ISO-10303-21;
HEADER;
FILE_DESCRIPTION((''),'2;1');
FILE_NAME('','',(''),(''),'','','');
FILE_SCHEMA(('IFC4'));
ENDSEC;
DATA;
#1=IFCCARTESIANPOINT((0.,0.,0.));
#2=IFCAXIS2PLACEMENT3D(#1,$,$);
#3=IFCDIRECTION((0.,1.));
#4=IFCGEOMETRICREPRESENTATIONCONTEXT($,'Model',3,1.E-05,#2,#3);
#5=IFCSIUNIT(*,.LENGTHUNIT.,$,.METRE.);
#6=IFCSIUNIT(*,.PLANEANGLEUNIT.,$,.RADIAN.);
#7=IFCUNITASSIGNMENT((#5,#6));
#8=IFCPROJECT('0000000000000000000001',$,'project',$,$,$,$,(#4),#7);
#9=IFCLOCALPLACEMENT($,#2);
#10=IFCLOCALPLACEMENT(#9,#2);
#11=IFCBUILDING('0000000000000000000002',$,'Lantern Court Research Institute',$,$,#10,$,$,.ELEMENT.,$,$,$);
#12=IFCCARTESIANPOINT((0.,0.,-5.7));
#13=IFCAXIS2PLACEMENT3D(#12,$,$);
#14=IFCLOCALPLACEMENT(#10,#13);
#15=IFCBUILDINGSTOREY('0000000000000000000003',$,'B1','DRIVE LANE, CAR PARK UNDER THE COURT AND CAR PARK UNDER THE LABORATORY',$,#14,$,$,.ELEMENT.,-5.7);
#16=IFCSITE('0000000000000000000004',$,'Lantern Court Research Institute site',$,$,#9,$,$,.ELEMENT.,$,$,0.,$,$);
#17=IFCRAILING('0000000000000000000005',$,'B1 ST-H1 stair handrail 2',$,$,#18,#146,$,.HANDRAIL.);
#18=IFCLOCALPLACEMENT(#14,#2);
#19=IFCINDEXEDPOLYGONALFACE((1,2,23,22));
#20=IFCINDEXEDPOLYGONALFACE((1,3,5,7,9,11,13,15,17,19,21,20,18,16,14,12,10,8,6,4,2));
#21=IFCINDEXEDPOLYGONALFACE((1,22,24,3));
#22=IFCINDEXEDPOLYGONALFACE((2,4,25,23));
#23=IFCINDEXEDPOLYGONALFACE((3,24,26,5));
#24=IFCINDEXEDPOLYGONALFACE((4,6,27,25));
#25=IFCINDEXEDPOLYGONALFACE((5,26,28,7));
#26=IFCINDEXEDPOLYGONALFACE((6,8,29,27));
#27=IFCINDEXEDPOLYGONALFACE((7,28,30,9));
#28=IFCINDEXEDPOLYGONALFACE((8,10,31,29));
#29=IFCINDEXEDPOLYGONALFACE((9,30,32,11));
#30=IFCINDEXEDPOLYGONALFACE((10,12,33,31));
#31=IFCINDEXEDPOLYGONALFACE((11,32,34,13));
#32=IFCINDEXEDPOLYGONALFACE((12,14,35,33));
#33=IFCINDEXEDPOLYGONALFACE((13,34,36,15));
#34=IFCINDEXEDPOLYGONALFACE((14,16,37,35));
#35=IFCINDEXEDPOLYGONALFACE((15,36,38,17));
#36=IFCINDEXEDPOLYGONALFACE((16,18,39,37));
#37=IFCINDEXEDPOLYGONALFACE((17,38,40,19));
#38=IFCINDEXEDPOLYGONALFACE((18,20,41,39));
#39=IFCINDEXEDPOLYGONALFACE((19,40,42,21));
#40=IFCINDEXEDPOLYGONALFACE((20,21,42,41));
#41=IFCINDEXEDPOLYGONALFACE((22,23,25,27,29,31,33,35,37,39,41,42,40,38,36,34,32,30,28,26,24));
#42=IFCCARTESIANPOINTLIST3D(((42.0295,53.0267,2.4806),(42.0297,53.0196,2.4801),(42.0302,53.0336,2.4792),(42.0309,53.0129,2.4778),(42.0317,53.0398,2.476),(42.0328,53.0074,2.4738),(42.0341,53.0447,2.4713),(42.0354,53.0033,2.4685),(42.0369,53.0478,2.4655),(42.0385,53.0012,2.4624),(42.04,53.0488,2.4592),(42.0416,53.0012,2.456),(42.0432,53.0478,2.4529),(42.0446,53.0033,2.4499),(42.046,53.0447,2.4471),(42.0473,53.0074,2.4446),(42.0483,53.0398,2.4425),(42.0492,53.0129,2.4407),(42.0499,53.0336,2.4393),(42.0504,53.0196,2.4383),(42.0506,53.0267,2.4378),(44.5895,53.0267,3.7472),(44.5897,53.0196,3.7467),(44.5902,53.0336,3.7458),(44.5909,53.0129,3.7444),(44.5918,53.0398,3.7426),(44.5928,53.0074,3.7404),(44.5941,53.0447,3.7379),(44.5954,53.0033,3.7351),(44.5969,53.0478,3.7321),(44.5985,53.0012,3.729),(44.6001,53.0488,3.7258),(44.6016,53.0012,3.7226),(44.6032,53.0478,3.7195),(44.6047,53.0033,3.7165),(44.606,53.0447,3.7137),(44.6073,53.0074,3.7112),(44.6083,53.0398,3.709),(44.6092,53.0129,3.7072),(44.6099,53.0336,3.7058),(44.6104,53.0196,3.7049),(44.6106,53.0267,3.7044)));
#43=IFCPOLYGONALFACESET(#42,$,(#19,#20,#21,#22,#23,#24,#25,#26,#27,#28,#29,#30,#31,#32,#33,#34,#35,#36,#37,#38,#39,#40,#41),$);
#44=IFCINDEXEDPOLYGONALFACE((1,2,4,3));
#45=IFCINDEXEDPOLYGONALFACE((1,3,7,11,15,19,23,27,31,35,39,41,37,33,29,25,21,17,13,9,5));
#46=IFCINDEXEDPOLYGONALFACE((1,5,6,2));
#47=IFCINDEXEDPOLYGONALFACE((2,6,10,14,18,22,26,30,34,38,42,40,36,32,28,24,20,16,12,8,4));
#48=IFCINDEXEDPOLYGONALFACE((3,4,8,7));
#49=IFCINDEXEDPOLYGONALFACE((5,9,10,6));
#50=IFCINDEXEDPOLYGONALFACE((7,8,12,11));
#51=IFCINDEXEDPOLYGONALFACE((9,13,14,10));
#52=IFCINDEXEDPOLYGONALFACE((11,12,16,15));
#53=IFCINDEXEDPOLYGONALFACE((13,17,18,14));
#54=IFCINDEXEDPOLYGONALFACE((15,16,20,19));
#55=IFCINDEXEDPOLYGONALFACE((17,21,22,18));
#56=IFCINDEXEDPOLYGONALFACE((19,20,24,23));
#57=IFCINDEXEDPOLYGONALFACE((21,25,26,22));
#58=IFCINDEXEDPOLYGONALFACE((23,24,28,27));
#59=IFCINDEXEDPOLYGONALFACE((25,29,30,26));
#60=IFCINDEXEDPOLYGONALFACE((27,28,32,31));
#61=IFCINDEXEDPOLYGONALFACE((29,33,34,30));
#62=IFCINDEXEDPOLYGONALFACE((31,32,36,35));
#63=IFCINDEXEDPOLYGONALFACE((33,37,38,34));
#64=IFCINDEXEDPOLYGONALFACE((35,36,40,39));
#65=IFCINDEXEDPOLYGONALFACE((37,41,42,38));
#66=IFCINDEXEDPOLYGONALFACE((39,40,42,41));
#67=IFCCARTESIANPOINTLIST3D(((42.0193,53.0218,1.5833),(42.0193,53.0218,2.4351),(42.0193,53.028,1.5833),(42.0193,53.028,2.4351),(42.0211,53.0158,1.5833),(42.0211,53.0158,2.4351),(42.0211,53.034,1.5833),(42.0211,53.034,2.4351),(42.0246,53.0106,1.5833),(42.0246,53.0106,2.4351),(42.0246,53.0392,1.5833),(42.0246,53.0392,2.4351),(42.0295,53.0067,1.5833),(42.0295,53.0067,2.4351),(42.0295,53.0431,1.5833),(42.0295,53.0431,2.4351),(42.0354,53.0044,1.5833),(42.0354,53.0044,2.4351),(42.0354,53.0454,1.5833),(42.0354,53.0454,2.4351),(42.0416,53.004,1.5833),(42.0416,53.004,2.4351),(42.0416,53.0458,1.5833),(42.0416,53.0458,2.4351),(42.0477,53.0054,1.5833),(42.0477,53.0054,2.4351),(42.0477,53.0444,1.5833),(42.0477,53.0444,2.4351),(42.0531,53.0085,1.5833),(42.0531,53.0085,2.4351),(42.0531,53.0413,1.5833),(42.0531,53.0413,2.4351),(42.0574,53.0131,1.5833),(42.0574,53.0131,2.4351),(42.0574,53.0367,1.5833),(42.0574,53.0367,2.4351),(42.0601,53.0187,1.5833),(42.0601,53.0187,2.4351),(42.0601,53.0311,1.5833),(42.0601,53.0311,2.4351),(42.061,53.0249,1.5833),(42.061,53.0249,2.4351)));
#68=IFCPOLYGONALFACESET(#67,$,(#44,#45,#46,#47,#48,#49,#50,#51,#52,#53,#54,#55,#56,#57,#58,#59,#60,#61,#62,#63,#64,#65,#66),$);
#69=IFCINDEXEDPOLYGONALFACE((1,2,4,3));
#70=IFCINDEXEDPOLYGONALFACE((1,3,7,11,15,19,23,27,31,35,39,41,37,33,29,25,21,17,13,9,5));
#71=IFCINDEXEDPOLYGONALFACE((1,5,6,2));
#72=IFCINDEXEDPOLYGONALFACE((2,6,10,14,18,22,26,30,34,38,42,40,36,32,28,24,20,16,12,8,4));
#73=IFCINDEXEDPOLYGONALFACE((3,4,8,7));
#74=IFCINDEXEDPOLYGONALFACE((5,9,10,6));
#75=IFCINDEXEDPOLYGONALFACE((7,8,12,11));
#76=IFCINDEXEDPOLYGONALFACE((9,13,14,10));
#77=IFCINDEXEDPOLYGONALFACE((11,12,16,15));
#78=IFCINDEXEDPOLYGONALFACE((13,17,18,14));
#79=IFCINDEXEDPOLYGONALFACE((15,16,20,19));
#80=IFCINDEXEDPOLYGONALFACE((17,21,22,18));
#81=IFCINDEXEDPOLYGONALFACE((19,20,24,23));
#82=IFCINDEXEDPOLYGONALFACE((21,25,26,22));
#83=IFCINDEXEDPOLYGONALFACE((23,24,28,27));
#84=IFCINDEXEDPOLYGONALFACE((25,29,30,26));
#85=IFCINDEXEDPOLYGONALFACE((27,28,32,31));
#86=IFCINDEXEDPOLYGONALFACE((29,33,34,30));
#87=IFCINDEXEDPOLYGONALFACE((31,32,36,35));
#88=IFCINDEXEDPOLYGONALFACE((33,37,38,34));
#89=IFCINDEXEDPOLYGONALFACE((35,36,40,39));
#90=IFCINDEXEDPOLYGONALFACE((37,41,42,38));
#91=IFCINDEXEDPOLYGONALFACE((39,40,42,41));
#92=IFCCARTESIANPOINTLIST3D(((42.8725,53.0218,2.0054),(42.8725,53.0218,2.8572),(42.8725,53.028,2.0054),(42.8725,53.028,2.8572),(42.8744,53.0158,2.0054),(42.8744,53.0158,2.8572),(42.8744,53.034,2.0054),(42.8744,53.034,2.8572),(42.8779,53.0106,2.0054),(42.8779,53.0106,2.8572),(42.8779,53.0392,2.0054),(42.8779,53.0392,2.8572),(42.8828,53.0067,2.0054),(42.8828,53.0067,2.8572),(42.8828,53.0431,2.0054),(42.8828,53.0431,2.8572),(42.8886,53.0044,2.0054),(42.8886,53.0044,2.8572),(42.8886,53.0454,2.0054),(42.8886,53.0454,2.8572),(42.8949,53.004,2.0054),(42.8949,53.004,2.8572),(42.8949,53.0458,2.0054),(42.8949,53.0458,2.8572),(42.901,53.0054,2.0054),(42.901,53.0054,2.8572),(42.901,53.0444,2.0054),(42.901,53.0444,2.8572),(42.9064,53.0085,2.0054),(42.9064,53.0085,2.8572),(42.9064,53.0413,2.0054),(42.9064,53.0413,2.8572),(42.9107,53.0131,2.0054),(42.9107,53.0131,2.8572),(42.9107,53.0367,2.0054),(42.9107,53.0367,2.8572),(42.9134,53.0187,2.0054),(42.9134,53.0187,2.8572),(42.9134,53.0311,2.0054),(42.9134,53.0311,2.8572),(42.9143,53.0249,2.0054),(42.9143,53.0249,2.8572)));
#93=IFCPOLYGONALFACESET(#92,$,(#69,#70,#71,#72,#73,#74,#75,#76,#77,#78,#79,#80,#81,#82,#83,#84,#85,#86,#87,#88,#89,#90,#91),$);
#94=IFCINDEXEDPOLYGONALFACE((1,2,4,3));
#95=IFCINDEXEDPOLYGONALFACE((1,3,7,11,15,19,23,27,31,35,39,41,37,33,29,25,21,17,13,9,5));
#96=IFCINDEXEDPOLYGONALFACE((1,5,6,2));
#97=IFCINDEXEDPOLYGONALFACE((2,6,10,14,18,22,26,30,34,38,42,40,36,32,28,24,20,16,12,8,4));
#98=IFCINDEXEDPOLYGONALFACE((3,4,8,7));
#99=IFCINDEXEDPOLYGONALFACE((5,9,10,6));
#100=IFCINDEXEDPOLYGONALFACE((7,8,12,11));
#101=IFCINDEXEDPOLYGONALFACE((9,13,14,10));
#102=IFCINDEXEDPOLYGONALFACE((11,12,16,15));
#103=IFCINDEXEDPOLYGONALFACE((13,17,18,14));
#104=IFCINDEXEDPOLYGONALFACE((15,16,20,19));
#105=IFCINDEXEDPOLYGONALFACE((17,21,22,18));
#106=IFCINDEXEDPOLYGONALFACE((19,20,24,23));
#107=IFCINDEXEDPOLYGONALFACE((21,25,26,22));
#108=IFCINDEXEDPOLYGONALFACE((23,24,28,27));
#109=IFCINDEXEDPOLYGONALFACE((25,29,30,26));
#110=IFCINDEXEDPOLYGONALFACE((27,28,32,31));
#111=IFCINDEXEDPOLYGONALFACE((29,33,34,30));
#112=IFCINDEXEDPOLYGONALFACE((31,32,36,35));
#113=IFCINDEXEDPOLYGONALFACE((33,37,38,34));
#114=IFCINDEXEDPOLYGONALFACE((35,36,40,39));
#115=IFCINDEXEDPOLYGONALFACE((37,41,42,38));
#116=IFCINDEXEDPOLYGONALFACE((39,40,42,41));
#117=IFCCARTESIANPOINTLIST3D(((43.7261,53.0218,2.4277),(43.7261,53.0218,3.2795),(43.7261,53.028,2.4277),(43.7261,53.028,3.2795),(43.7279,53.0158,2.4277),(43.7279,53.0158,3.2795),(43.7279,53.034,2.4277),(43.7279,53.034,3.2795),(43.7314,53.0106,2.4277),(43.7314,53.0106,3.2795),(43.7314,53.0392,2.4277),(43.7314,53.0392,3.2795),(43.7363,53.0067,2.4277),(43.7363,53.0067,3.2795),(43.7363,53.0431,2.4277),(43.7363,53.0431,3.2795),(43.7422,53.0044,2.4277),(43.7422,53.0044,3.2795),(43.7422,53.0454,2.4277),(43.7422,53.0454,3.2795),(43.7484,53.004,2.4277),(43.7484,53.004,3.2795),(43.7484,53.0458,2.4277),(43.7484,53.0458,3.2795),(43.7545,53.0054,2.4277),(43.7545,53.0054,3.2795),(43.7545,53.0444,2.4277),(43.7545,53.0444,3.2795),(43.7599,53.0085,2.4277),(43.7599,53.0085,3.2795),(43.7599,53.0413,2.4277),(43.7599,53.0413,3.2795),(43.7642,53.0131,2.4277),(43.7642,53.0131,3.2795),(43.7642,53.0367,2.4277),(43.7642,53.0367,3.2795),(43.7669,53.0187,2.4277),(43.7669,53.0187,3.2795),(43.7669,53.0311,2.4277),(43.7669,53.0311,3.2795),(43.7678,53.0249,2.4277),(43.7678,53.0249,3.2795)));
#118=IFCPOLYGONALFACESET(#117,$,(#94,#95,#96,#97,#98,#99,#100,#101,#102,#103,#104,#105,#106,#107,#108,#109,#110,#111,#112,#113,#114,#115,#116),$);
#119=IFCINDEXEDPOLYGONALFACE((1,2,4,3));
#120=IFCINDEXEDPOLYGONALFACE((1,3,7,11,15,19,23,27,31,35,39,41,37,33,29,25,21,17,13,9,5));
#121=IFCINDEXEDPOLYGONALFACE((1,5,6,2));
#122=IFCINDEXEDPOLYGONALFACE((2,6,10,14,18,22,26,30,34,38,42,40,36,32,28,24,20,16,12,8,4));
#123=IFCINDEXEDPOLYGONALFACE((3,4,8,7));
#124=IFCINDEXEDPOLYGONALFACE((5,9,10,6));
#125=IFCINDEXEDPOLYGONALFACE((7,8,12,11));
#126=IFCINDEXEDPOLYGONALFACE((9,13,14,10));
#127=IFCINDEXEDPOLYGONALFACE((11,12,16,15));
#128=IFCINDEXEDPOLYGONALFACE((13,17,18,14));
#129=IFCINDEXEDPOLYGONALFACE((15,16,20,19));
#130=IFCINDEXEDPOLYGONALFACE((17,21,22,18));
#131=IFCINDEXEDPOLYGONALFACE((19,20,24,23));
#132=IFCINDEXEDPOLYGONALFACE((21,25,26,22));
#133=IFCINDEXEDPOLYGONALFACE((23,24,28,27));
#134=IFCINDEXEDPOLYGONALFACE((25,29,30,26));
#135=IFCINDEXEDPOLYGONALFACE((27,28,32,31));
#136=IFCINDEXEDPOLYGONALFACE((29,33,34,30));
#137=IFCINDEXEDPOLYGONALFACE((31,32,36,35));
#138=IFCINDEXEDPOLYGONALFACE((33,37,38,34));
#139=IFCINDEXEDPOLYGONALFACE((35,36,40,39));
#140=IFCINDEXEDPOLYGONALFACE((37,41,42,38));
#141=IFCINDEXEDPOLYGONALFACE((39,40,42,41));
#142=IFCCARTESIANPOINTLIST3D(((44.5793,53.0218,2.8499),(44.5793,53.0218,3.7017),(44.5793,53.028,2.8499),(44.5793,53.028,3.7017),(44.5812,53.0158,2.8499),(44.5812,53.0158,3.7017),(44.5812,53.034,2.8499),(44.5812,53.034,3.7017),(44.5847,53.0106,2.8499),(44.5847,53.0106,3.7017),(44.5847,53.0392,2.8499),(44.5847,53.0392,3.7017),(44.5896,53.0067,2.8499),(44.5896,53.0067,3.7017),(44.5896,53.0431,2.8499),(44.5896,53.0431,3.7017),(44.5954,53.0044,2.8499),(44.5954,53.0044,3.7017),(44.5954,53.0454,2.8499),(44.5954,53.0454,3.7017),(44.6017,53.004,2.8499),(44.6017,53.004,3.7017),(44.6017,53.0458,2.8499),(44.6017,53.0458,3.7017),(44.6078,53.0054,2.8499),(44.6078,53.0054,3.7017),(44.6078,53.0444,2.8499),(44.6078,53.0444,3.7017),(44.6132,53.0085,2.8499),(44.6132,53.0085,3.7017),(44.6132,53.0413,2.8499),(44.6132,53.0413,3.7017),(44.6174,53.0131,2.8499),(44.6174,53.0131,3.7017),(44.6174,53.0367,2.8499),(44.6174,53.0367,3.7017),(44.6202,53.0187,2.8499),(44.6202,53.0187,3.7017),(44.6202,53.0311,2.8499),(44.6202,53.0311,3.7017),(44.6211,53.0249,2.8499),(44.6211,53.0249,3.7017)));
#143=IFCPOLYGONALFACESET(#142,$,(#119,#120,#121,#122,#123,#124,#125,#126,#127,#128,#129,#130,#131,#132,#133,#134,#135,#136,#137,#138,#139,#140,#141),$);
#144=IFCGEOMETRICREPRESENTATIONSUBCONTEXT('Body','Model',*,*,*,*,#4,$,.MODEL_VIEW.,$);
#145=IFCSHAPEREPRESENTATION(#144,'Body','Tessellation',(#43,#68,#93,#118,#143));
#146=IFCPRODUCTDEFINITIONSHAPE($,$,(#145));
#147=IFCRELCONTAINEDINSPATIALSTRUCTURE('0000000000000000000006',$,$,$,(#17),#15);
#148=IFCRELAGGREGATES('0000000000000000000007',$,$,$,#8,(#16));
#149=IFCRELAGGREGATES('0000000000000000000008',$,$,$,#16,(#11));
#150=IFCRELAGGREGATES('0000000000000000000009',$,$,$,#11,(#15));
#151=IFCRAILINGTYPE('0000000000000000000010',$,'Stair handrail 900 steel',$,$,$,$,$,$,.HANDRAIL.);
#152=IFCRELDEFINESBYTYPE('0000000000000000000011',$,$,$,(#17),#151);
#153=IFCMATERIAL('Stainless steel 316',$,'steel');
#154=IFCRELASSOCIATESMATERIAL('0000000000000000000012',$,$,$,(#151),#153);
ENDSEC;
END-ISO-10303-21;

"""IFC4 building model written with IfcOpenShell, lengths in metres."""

from ifc_helpers import new_model, si_unit, direction, frame, origin, origin_2d, place, context, subcontext, project, spatial, circle, extrude, material, type_object, element, save


model = new_model("IFC4")

# Units and contexts
model_context = context("Model", 3, precision=1e-05, world=origin(), true_north=direction((0.0, 1.0)))
body_context = subcontext(model_context, "Body", "Model", "MODEL_VIEW")
ifc_project = project(units=[si_unit("LENGTHUNIT", "METRE"), si_unit("PLANEANGLEUNIT", "RADIAN")], contexts=[model_context])

# Site, building, storey
site_placement = place(None, origin())
site = spatial("IfcSite", under=ifc_project, at=site_placement, Name="Lantern Court Research Institute site", CompositionType="ELEMENT", RefElevation=0.0)
building_placement = place(site_placement, origin())
building = spatial("IfcBuilding", under=site, at=building_placement, Name="Lantern Court Research Institute", CompositionType="ELEMENT")
storey_placement = place(building_placement, frame((0.0, 0.0, -5.7)))
storey = spatial("IfcBuildingStorey", under=building, at=storey_placement, Name="B1", Description="DRIVE LANE, CAR PARK UNDER THE COURT AND CAR PARK UNDER THE LABORATORY", CompositionType="ELEMENT", Elevation=-5.7)

# Railing
ifc_material_1 = material(Name="Stainless steel 316", Category="steel")
railing_type_1 = type_object("IfcRailingType", Name="Stair handrail 900 steel", PredefinedType="HANDRAIL", material=ifc_material_1)
for number, where, name in (
    (1, (42.04, 53.0249, 1.5833), "B1 ST-H1 stair handrail 2"),
):
    element("IfcRailing", number, at=place(storey_placement, frame(where)), inside=storey, type_object=railing_type_1, Name=name, PredefinedType="HANDRAIL", context=body_context, shape_type="SweptSolid", body=[
        extrude(circle(Radius=0.0239, at=origin_2d()), frame((0.0, 0.0, 0.876), z_axis=(0.8963, 0.0, 0.443449), x_axis=(0.0, 1.0, 0.0)), (0.0, 0.0, 1.0), 2.8562),
        extrude(circle(Radius=0.021, at=origin_2d()), origin(), (0.0, 0.0, 1.0), 0.8518),
        extrude(circle(Radius=0.021, at=origin_2d()), frame((0.8533, 0.0, 0.4221)), (0.0, 0.0, 1.0), 0.8518),
        extrude(circle(Radius=0.021, at=origin_2d()), frame((1.7068, 0.0, 0.8445)), (0.0, 0.0, 1.0), 0.8518),
        extrude(circle(Radius=0.021, at=origin_2d()), frame((2.5601, 0.0, 1.2666)), (0.0, 0.0, 1.0), 0.8518),
    ])

save(model, "model.ifc")
